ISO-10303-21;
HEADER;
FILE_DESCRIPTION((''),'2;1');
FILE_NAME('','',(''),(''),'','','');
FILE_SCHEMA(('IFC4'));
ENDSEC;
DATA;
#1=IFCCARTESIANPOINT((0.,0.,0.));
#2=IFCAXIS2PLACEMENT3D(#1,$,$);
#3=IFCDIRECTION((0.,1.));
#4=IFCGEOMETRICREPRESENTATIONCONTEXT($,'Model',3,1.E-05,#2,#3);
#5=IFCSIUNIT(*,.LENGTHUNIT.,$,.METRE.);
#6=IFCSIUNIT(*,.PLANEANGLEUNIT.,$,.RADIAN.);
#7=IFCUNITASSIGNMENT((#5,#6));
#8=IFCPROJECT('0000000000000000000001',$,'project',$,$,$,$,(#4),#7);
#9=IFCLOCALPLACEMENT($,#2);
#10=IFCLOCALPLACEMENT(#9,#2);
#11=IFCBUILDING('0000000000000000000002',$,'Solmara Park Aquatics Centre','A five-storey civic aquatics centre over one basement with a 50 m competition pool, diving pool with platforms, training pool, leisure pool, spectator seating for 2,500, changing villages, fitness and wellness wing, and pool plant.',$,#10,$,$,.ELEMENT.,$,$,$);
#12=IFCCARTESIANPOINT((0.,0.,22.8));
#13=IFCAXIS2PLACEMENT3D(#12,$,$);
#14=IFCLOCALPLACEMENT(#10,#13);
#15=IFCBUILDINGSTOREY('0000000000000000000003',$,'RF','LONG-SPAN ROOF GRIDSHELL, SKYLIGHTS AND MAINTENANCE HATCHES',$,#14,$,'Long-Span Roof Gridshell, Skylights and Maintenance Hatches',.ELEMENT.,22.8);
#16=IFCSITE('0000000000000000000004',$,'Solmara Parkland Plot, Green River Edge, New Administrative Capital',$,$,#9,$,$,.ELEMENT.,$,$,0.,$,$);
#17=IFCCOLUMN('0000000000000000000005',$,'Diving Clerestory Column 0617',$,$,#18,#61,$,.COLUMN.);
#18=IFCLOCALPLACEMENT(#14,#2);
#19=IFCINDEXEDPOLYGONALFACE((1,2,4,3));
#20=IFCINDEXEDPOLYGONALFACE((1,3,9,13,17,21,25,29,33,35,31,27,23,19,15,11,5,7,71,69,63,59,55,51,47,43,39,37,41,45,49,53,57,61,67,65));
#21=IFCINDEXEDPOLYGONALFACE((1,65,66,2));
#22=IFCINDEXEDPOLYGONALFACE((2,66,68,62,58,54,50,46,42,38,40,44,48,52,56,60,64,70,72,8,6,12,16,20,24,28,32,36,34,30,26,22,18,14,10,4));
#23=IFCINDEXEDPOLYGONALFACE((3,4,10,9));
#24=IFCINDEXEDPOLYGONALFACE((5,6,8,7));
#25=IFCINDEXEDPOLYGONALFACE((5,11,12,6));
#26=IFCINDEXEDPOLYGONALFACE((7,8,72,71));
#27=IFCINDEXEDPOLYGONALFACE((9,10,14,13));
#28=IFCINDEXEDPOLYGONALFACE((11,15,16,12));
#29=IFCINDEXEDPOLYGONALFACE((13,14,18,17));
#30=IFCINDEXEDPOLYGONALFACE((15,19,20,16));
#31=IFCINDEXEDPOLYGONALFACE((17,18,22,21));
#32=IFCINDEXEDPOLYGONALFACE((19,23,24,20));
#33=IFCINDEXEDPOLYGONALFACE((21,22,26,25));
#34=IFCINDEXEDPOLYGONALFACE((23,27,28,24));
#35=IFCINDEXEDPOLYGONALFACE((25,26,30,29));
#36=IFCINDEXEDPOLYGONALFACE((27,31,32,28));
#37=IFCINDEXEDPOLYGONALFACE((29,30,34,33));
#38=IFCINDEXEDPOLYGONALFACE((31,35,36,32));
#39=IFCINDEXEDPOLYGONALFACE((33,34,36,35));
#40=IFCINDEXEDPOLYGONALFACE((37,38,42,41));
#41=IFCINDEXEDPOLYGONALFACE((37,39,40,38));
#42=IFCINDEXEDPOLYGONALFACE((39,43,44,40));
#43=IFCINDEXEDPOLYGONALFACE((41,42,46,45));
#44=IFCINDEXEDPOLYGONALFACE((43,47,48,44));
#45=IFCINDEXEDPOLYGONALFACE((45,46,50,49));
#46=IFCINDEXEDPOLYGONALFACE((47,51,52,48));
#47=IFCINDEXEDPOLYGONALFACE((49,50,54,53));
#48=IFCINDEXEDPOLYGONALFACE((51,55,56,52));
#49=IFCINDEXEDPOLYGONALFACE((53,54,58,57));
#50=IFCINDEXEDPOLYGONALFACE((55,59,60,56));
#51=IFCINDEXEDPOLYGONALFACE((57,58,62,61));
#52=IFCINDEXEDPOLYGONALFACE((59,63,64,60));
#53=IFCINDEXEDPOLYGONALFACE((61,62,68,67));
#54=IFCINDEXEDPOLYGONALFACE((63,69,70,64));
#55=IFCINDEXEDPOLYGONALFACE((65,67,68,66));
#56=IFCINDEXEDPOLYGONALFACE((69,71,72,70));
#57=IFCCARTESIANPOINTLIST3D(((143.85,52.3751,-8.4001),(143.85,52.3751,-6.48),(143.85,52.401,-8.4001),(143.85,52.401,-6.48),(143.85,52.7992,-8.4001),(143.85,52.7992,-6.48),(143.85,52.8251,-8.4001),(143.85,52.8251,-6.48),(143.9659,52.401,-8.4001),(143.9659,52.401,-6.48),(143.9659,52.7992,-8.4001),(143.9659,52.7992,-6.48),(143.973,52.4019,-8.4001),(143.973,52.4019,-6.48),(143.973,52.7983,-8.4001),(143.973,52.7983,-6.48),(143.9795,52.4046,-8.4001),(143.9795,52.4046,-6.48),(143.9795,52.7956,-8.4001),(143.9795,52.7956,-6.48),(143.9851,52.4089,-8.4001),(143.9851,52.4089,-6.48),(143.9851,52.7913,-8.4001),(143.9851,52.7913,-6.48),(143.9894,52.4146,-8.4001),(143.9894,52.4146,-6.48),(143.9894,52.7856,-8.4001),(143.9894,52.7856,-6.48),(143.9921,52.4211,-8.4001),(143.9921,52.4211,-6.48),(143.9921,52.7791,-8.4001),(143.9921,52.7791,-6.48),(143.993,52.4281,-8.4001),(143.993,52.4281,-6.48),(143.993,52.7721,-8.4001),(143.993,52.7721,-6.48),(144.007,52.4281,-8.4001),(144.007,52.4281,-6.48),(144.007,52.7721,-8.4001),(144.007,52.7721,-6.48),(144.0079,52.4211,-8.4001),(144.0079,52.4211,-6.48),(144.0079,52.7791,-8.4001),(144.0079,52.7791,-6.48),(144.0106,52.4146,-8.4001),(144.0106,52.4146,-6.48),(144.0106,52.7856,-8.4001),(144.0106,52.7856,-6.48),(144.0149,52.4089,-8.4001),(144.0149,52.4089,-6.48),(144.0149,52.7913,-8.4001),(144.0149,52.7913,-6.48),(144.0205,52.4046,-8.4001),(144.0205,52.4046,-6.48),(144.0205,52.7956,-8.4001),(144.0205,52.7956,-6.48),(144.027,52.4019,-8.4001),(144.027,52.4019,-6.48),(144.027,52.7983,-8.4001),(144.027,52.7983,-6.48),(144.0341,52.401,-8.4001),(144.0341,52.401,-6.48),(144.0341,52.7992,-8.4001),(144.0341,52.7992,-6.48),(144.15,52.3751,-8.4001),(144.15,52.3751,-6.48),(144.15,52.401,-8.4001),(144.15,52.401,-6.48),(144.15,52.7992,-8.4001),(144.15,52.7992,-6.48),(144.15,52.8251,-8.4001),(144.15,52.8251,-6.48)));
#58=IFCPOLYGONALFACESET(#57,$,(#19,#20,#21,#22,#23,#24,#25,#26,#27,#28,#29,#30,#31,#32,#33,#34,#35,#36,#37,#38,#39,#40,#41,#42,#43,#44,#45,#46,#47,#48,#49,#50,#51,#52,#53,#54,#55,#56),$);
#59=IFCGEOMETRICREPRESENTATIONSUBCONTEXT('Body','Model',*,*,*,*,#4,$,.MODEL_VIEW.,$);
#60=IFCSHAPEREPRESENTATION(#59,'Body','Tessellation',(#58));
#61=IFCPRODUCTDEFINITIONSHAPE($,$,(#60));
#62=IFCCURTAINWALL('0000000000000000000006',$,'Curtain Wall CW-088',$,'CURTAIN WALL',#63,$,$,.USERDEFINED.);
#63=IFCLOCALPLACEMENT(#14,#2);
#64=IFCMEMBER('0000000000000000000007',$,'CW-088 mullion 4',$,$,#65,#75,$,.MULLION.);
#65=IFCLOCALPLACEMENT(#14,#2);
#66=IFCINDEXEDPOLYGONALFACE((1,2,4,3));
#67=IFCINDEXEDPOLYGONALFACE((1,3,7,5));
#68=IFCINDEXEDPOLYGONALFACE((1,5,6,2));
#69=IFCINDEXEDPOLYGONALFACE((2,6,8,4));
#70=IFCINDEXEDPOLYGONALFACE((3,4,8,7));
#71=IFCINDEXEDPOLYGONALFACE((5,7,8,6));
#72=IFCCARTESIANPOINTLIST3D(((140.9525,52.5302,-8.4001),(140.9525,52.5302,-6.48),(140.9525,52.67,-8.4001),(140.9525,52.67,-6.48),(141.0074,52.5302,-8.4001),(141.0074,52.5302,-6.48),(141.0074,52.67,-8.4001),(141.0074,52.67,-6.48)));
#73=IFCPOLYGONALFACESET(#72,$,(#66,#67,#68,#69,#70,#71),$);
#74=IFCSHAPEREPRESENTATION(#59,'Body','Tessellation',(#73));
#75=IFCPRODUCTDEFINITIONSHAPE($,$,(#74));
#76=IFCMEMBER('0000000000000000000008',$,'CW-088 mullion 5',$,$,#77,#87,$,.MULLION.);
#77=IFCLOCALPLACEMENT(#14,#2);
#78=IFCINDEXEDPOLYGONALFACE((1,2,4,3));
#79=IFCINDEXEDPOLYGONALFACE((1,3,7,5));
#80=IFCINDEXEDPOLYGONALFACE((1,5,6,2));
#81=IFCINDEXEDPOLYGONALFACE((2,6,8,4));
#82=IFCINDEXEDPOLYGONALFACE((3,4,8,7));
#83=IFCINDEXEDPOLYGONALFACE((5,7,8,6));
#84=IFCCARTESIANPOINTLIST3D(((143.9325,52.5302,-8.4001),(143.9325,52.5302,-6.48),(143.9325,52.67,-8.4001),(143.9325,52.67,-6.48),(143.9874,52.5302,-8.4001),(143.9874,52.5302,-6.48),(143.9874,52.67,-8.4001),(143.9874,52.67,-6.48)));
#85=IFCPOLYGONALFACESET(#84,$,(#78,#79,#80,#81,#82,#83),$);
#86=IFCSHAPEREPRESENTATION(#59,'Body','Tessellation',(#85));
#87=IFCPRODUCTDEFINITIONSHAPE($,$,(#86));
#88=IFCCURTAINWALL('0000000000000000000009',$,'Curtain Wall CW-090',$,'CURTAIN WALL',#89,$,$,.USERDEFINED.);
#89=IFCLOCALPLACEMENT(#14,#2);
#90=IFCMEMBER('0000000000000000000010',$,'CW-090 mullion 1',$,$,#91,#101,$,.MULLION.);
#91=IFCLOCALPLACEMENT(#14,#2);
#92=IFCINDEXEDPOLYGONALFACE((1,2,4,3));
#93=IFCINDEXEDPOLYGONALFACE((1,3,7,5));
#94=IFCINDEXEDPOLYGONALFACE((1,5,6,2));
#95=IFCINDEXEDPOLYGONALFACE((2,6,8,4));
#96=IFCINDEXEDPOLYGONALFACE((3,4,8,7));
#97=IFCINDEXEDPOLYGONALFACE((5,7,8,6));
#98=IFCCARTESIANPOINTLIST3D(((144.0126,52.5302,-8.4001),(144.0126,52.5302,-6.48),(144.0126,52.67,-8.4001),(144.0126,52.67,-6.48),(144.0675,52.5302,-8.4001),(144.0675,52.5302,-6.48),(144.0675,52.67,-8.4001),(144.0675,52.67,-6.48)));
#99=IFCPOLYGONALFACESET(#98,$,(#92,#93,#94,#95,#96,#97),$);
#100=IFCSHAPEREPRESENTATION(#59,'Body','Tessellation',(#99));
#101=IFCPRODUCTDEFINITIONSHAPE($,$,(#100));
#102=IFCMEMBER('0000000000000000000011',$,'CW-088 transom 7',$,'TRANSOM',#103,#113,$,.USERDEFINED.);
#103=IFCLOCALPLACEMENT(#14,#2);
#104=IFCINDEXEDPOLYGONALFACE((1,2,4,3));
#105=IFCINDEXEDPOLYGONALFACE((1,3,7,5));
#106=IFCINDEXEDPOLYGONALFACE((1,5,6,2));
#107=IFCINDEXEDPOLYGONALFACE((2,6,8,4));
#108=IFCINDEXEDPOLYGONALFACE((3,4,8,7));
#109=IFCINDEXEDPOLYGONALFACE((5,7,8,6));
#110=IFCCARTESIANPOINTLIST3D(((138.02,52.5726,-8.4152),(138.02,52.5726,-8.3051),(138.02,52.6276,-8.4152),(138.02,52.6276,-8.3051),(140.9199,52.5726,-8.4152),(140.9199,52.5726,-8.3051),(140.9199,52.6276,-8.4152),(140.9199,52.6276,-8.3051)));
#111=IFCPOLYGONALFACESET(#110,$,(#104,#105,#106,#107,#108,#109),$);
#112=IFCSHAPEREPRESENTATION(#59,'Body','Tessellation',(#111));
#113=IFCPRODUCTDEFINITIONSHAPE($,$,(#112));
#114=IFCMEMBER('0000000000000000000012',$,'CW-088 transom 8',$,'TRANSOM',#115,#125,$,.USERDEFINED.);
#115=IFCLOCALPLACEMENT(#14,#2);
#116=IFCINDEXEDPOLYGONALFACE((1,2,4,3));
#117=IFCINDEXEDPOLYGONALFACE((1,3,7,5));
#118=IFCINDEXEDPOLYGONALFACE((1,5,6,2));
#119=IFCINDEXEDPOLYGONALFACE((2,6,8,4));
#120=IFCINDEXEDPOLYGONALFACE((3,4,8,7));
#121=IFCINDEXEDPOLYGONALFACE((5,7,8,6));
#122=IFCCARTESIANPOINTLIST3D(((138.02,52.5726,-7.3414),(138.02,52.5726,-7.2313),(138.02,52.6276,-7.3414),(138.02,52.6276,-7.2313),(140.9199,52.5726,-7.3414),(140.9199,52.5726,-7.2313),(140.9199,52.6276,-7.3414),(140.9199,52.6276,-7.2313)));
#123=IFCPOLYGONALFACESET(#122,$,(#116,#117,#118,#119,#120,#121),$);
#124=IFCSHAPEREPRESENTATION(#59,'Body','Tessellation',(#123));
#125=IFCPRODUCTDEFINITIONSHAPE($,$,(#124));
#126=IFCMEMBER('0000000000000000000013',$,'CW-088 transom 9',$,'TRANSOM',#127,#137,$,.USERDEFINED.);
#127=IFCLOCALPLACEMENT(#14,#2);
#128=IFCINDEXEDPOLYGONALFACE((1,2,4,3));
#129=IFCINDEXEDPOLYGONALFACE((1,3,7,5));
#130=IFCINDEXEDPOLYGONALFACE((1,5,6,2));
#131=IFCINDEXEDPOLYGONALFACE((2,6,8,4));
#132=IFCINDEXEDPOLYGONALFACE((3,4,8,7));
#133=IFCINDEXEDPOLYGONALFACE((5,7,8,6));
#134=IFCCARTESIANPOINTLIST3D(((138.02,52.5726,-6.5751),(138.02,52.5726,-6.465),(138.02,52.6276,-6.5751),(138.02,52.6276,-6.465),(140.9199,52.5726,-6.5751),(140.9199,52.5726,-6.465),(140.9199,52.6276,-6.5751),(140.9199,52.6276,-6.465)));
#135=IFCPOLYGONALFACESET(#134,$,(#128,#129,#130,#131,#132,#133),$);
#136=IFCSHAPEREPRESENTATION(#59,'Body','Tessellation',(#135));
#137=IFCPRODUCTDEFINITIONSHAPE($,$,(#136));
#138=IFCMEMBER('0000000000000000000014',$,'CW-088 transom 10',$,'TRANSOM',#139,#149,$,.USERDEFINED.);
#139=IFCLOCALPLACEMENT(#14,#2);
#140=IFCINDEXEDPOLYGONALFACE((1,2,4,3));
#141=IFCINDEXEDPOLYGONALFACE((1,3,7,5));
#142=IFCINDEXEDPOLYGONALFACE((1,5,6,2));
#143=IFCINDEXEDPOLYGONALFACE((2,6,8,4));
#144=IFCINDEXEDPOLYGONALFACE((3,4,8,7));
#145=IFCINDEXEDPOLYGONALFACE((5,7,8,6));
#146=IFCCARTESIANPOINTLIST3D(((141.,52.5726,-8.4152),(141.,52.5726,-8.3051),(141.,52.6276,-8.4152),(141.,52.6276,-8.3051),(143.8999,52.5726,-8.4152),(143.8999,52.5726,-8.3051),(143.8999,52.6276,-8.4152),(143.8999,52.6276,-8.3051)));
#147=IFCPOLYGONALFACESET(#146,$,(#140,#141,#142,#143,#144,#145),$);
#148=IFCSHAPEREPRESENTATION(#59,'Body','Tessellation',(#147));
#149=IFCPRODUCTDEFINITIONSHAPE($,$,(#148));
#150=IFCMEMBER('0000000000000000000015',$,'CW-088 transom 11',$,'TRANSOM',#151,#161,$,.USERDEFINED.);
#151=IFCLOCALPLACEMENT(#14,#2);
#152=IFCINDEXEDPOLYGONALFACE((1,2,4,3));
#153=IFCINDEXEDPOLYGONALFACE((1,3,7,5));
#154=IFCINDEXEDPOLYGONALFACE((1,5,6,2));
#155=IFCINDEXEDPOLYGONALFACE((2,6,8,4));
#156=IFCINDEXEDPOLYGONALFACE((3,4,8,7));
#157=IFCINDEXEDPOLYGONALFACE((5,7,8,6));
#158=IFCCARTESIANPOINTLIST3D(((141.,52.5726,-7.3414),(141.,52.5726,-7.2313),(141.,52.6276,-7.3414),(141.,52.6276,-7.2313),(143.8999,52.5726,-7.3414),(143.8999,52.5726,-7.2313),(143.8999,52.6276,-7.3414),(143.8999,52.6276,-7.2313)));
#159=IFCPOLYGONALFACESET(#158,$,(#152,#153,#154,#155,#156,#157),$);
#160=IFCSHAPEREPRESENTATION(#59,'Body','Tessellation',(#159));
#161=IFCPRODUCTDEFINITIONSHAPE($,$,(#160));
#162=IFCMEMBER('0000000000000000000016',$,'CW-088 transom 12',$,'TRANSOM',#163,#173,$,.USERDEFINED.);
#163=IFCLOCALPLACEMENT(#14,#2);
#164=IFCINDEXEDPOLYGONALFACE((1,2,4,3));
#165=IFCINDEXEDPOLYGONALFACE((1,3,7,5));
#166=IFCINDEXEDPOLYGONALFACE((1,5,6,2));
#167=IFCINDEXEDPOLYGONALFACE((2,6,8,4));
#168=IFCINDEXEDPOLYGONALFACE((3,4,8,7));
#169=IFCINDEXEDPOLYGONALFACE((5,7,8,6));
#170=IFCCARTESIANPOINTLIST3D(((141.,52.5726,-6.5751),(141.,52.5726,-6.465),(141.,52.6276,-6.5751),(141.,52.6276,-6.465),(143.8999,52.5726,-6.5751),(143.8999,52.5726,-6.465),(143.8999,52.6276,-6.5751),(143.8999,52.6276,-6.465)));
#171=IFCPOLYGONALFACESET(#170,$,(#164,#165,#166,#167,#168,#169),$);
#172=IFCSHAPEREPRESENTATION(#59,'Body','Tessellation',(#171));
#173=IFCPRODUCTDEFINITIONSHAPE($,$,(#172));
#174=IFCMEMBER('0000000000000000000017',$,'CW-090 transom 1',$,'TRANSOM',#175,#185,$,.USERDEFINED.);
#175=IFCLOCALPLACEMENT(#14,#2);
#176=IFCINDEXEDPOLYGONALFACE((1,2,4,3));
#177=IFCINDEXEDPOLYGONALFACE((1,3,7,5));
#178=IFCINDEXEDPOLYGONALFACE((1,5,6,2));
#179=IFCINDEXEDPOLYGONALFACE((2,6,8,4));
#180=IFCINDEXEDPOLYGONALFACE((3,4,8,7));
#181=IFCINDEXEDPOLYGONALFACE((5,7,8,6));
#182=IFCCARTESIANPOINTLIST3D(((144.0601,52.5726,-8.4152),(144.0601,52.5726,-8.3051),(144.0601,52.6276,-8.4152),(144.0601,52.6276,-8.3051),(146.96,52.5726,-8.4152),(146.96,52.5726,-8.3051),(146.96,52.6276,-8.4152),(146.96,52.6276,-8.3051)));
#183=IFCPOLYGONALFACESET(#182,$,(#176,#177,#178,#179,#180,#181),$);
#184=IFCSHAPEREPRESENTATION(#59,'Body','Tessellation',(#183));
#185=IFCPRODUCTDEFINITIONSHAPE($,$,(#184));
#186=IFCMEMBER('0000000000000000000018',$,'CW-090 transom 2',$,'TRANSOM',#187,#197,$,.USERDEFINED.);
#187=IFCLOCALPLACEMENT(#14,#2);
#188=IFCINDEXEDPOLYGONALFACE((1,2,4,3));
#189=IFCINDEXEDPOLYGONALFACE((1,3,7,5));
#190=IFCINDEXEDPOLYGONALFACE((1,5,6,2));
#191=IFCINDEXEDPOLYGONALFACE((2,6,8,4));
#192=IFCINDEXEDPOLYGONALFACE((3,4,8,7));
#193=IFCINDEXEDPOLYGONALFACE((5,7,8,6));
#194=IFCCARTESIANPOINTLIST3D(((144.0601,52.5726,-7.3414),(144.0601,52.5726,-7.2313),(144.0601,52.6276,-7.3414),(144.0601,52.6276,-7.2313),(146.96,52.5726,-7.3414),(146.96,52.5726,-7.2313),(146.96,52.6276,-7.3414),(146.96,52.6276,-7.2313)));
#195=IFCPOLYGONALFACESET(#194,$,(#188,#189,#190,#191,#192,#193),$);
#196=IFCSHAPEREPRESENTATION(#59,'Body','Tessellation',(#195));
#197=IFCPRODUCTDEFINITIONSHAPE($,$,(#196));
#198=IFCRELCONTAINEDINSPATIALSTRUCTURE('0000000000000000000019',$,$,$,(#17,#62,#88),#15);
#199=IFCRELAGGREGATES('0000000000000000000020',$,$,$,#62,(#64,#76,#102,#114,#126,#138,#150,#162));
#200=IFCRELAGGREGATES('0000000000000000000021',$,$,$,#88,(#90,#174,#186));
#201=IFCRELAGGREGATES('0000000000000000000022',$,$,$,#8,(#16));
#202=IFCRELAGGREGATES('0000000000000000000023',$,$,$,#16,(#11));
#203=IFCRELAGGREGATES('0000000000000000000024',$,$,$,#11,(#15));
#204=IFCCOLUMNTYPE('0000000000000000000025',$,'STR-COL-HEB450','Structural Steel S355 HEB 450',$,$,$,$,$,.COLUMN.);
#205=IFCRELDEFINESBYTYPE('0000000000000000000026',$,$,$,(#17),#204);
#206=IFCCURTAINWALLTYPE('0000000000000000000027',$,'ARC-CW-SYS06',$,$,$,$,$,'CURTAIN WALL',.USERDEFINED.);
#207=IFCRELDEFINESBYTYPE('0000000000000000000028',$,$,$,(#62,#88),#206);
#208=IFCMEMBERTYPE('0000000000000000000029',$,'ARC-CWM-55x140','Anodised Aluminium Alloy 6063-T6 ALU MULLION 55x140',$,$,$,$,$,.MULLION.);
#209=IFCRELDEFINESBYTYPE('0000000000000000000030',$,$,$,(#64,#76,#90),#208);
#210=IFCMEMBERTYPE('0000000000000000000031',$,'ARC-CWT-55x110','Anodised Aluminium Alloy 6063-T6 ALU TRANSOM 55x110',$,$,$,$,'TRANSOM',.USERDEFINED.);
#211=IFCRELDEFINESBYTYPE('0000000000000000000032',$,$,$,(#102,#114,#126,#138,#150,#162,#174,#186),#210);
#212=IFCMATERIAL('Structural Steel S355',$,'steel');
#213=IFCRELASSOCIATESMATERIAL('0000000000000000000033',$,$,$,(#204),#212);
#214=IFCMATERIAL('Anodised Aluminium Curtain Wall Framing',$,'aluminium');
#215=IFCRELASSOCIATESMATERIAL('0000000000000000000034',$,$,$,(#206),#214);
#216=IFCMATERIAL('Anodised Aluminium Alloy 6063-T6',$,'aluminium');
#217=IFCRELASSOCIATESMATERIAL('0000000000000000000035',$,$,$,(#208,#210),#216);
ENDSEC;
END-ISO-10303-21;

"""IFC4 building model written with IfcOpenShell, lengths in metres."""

from ifc_helpers import new_model, si_unit, direction, frame, origin, origin_2d, place, context, subcontext, project, spatial, rectangle, i_section, extrude, material, material_profile, profile_set, type_object, element, aggregate, save


model = new_model("IFC4")

# Units and contexts
model_context = context("Model", 3, precision=1e-05, world=origin(), true_north=direction((0.0, 1.0)))
body_context = subcontext(model_context, "Body", "Model", "MODEL_VIEW")
ifc_project = project(units=[si_unit("LENGTHUNIT", "METRE"), si_unit("PLANEANGLEUNIT", "RADIAN")], contexts=[model_context])

# Site, building, storey
site_placement = place(None, origin())
site = spatial("IfcSite", under=ifc_project, at=site_placement, Name="Solmara Parkland Plot, Green River Edge, New Administrative Capital", CompositionType="ELEMENT", RefElevation=0.0)
building_placement = place(site_placement, origin())
building = spatial("IfcBuilding", under=site, at=building_placement, Name="Solmara Park Aquatics Centre", Description="A five-storey civic aquatics centre over one basement with a 50 m competition pool, diving pool with platforms, training pool, leisure pool, spectator seating for 2,500, changing villages, fitness and wellness wing, and pool plant.", CompositionType="ELEMENT")
storey_placement = place(building_placement, frame((0.0, 0.0, 22.8)))
storey = spatial("IfcBuildingStorey", under=building, at=storey_placement, Name="RF", Description="LONG-SPAN ROOF GRIDSHELL, SKYLIGHTS AND MAINTENANCE HATCHES", LongName="Long-Span Roof Gridshell, Skylights and Maintenance Hatches", CompositionType="ELEMENT", Elevation=22.8)

# Column
ifc_material_1 = material(Name="Structural Steel S355", Category="steel")
ifc_material_profile_1 = material_profile(ifc_material_1, i_section(OverallWidth=0.3, OverallDepth=0.45, WebThickness=0.0139, FlangeThickness=0.0259, FilletRadius=0.0271, at=origin_2d()), Name="HEB 450")
ifc_profile_set_1 = profile_set([ifc_material_profile_1], Name="Structural Steel S355")
column_type = type_object("IfcColumnType", Name="STR-COL-HEB450", Description="Structural Steel S355 HEB 450", PredefinedType="COLUMN", material=ifc_profile_set_1)
column_placement = place(storey_placement, frame((144.0, 52.6001, -8.4001), z_axis=(0.0, 0.0, 1.0), x_axis=(1.0, 0.0, 0.0)))
element("IfcColumn", 1, at=column_placement, inside=storey, type_object=column_type, Name="Diving Clerestory Column 0617", PredefinedType="COLUMN", context=body_context, shape_type="SweptSolid", body=[
    extrude(i_section(OverallWidth=0.3, OverallDepth=0.45, WebThickness=0.0139, FlangeThickness=0.0259, FilletRadius=0.0271, at=origin_2d()), origin(), (0.0, 0.0, 1.0), 1.9202),
])

# Curtain wall, members
ifc_material_2 = material(Name="Anodised Aluminium Curtain Wall Framing", Category="aluminium")
curtain_wall_type = type_object("IfcCurtainWallType", Name="ARC-CW-SYS06", ElementType="CURTAIN WALL", PredefinedType="USERDEFINED", material=ifc_material_2)
curtain_wall_1_placement = place(storey_placement, origin())
curtain_wall_1 = element("IfcCurtainWall", 2, at=curtain_wall_1_placement, inside=storey, type_object=curtain_wall_type, Name="Curtain Wall CW-088", ObjectType="CURTAIN WALL", PredefinedType="USERDEFINED")
ifc_material_3 = material(Name="Anodised Aluminium Alloy 6063-T6", Category="aluminium")
ifc_material_profile_2 = material_profile(ifc_material_3, rectangle(XDim=0.0549, YDim=0.1399, at=origin_2d()), Name="ALU MULLION 55x140")
ifc_profile_set_2 = profile_set([ifc_material_profile_2], Name="Anodised Aluminium Alloy 6063-T6")
member_type_1 = type_object("IfcMemberType", Name="ARC-CWM-55x140", Description="Anodised Aluminium Alloy 6063-T6 ALU MULLION 55x140", PredefinedType="MULLION", material=ifc_profile_set_2)
member_1_placement = place(storey_placement, frame((140.98, 52.6001, -8.4001), z_axis=(0.0, 0.0, 1.0), x_axis=(1.0, 0.0, 0.0)))
member_1 = element("IfcMember", 3, at=member_1_placement, type_object=member_type_1, Name="CW-088 mullion 4", PredefinedType="MULLION", context=body_context, shape_type="SweptSolid", body=[
    extrude(rectangle(XDim=0.0549, YDim=0.1399, at=origin_2d()), origin(), (0.0, 0.0, 1.0), 1.9202),
])
member_2_placement = place(storey_placement, frame((143.96, 52.6001, -8.4001), z_axis=(0.0, 0.0, 1.0), x_axis=(1.0, 0.0, 0.0)))
member_2 = element("IfcMember", 4, at=member_2_placement, type_object=member_type_1, Name="CW-088 mullion 5", PredefinedType="MULLION", context=body_context, shape_type="SweptSolid", body=[
    extrude(rectangle(XDim=0.0549, YDim=0.1399, at=origin_2d()), origin(), (0.0, 0.0, 1.0), 1.9202),
])

# Curtain wall, member
curtain_wall_2_placement = place(storey_placement, origin())
curtain_wall_2 = element("IfcCurtainWall", 5, at=curtain_wall_2_placement, inside=storey, type_object=curtain_wall_type, Name="Curtain Wall CW-090", ObjectType="CURTAIN WALL", PredefinedType="USERDEFINED")
member_3_placement = place(storey_placement, frame((144.04, 52.6001, -8.4001), z_axis=(0.0, 0.0, 1.0), x_axis=(1.0, 0.0, 0.0)))
member_3 = element("IfcMember", 6, at=member_3_placement, type_object=member_type_1, Name="CW-090 mullion 1", PredefinedType="MULLION", context=body_context, shape_type="SweptSolid", body=[
    extrude(rectangle(XDim=0.0549, YDim=0.1399, at=origin_2d()), origin(), (0.0, 0.0, 1.0), 1.9202),
])

# Members
ifc_material_profile_3 = material_profile(ifc_material_3, rectangle(XDim=0.0549, YDim=0.1101, at=origin_2d()), Name="ALU TRANSOM 55x110")
ifc_profile_set_3 = profile_set([ifc_material_profile_3], Name="Anodised Aluminium Alloy 6063-T6")
member_type_2 = type_object("IfcMemberType", Name="ARC-CWT-55x110", Description="Anodised Aluminium Alloy 6063-T6 ALU TRANSOM 55x110", ElementType="TRANSOM", PredefinedType="USERDEFINED", material=ifc_profile_set_3)
member_4_placement = place(storey_placement, frame((138.02, 52.6001, -8.3601), z_axis=(1.0, 0.0, 0.0), x_axis=(0.0, 1.0, 0.0)))
member_4 = element("IfcMember", 7, at=member_4_placement, type_object=member_type_2, Name="CW-088 transom 7", ObjectType="TRANSOM", PredefinedType="USERDEFINED", context=body_context, shape_type="SweptSolid", body=[
    extrude(rectangle(XDim=0.0549, YDim=0.1101, at=origin_2d()), origin(), (0.0, 0.0, 1.0), 2.8999),
])
member_5_placement = place(storey_placement, frame((138.02, 52.6001, -7.2864), z_axis=(1.0, 0.0, 0.0), x_axis=(0.0, 1.0, 0.0)))
member_5 = element("IfcMember", 8, at=member_5_placement, type_object=member_type_2, Name="CW-088 transom 8", ObjectType="TRANSOM", PredefinedType="USERDEFINED", context=body_context, shape_type="SweptSolid", body=[
    extrude(rectangle(XDim=0.0549, YDim=0.1101, at=origin_2d()), origin(), (0.0, 0.0, 1.0), 2.8999),
])
member_6_placement = place(storey_placement, frame((138.02, 52.6001, -6.52), z_axis=(1.0, 0.0, 0.0), x_axis=(0.0, 1.0, 0.0)))
member_6 = element("IfcMember", 9, at=member_6_placement, type_object=member_type_2, Name="CW-088 transom 9", ObjectType="TRANSOM", PredefinedType="USERDEFINED", context=body_context, shape_type="SweptSolid", body=[
    extrude(rectangle(XDim=0.0549, YDim=0.1101, at=origin_2d()), origin(), (0.0, 0.0, 1.0), 2.8999),
])
member_7_placement = place(storey_placement, frame((141.0, 52.6001, -8.3601), z_axis=(1.0, 0.0, 0.0), x_axis=(0.0, 1.0, 0.0)))
member_7 = element("IfcMember", 10, at=member_7_placement, type_object=member_type_2, Name="CW-088 transom 10", ObjectType="TRANSOM", PredefinedType="USERDEFINED", context=body_context, shape_type="SweptSolid", body=[
    extrude(rectangle(XDim=0.0549, YDim=0.1101, at=origin_2d()), origin(), (0.0, 0.0, 1.0), 2.8999),
])
member_8_placement = place(storey_placement, frame((141.0, 52.6001, -7.2864), z_axis=(1.0, 0.0, 0.0), x_axis=(0.0, 1.0, 0.0)))
member_8 = element("IfcMember", 11, at=member_8_placement, type_object=member_type_2, Name="CW-088 transom 11", ObjectType="TRANSOM", PredefinedType="USERDEFINED", context=body_context, shape_type="SweptSolid", body=[
    extrude(rectangle(XDim=0.0549, YDim=0.1101, at=origin_2d()), origin(), (0.0, 0.0, 1.0), 2.8999),
])
member_9_placement = place(storey_placement, frame((141.0, 52.6001, -6.52), z_axis=(1.0, 0.0, 0.0), x_axis=(0.0, 1.0, 0.0)))
member_9 = element("IfcMember", 12, at=member_9_placement, type_object=member_type_2, Name="CW-088 transom 12", ObjectType="TRANSOM", PredefinedType="USERDEFINED", context=body_context, shape_type="SweptSolid", body=[
    extrude(rectangle(XDim=0.0549, YDim=0.1101, at=origin_2d()), origin(), (0.0, 0.0, 1.0), 2.8999),
])
member_10_placement = place(storey_placement, frame((144.0601, 52.6001, -8.3601), z_axis=(1.0, 0.0, 0.0), x_axis=(0.0, 1.0, 0.0)))
member_10 = element("IfcMember", 13, at=member_10_placement, type_object=member_type_2, Name="CW-090 transom 1", ObjectType="TRANSOM", PredefinedType="USERDEFINED", context=body_context, shape_type="SweptSolid", body=[
    extrude(rectangle(XDim=0.0549, YDim=0.1101, at=origin_2d()), origin(), (0.0, 0.0, 1.0), 2.8999),
])
member_11_placement = place(storey_placement, frame((144.0601, 52.6001, -7.2864), z_axis=(1.0, 0.0, 0.0), x_axis=(0.0, 1.0, 0.0)))
member_11 = element("IfcMember", 14, at=member_11_placement, type_object=member_type_2, Name="CW-090 transom 2", ObjectType="TRANSOM", PredefinedType="USERDEFINED", context=body_context, shape_type="SweptSolid", body=[
    extrude(rectangle(XDim=0.0549, YDim=0.1101, at=origin_2d()), origin(), (0.0, 0.0, 1.0), 2.8999),
])

aggregate(curtain_wall_1, [member_1, member_2, member_4, member_5, member_6, member_7, member_8, member_9])
aggregate(curtain_wall_2, [member_3, member_10, member_11])

save(model, "model.ifc")
